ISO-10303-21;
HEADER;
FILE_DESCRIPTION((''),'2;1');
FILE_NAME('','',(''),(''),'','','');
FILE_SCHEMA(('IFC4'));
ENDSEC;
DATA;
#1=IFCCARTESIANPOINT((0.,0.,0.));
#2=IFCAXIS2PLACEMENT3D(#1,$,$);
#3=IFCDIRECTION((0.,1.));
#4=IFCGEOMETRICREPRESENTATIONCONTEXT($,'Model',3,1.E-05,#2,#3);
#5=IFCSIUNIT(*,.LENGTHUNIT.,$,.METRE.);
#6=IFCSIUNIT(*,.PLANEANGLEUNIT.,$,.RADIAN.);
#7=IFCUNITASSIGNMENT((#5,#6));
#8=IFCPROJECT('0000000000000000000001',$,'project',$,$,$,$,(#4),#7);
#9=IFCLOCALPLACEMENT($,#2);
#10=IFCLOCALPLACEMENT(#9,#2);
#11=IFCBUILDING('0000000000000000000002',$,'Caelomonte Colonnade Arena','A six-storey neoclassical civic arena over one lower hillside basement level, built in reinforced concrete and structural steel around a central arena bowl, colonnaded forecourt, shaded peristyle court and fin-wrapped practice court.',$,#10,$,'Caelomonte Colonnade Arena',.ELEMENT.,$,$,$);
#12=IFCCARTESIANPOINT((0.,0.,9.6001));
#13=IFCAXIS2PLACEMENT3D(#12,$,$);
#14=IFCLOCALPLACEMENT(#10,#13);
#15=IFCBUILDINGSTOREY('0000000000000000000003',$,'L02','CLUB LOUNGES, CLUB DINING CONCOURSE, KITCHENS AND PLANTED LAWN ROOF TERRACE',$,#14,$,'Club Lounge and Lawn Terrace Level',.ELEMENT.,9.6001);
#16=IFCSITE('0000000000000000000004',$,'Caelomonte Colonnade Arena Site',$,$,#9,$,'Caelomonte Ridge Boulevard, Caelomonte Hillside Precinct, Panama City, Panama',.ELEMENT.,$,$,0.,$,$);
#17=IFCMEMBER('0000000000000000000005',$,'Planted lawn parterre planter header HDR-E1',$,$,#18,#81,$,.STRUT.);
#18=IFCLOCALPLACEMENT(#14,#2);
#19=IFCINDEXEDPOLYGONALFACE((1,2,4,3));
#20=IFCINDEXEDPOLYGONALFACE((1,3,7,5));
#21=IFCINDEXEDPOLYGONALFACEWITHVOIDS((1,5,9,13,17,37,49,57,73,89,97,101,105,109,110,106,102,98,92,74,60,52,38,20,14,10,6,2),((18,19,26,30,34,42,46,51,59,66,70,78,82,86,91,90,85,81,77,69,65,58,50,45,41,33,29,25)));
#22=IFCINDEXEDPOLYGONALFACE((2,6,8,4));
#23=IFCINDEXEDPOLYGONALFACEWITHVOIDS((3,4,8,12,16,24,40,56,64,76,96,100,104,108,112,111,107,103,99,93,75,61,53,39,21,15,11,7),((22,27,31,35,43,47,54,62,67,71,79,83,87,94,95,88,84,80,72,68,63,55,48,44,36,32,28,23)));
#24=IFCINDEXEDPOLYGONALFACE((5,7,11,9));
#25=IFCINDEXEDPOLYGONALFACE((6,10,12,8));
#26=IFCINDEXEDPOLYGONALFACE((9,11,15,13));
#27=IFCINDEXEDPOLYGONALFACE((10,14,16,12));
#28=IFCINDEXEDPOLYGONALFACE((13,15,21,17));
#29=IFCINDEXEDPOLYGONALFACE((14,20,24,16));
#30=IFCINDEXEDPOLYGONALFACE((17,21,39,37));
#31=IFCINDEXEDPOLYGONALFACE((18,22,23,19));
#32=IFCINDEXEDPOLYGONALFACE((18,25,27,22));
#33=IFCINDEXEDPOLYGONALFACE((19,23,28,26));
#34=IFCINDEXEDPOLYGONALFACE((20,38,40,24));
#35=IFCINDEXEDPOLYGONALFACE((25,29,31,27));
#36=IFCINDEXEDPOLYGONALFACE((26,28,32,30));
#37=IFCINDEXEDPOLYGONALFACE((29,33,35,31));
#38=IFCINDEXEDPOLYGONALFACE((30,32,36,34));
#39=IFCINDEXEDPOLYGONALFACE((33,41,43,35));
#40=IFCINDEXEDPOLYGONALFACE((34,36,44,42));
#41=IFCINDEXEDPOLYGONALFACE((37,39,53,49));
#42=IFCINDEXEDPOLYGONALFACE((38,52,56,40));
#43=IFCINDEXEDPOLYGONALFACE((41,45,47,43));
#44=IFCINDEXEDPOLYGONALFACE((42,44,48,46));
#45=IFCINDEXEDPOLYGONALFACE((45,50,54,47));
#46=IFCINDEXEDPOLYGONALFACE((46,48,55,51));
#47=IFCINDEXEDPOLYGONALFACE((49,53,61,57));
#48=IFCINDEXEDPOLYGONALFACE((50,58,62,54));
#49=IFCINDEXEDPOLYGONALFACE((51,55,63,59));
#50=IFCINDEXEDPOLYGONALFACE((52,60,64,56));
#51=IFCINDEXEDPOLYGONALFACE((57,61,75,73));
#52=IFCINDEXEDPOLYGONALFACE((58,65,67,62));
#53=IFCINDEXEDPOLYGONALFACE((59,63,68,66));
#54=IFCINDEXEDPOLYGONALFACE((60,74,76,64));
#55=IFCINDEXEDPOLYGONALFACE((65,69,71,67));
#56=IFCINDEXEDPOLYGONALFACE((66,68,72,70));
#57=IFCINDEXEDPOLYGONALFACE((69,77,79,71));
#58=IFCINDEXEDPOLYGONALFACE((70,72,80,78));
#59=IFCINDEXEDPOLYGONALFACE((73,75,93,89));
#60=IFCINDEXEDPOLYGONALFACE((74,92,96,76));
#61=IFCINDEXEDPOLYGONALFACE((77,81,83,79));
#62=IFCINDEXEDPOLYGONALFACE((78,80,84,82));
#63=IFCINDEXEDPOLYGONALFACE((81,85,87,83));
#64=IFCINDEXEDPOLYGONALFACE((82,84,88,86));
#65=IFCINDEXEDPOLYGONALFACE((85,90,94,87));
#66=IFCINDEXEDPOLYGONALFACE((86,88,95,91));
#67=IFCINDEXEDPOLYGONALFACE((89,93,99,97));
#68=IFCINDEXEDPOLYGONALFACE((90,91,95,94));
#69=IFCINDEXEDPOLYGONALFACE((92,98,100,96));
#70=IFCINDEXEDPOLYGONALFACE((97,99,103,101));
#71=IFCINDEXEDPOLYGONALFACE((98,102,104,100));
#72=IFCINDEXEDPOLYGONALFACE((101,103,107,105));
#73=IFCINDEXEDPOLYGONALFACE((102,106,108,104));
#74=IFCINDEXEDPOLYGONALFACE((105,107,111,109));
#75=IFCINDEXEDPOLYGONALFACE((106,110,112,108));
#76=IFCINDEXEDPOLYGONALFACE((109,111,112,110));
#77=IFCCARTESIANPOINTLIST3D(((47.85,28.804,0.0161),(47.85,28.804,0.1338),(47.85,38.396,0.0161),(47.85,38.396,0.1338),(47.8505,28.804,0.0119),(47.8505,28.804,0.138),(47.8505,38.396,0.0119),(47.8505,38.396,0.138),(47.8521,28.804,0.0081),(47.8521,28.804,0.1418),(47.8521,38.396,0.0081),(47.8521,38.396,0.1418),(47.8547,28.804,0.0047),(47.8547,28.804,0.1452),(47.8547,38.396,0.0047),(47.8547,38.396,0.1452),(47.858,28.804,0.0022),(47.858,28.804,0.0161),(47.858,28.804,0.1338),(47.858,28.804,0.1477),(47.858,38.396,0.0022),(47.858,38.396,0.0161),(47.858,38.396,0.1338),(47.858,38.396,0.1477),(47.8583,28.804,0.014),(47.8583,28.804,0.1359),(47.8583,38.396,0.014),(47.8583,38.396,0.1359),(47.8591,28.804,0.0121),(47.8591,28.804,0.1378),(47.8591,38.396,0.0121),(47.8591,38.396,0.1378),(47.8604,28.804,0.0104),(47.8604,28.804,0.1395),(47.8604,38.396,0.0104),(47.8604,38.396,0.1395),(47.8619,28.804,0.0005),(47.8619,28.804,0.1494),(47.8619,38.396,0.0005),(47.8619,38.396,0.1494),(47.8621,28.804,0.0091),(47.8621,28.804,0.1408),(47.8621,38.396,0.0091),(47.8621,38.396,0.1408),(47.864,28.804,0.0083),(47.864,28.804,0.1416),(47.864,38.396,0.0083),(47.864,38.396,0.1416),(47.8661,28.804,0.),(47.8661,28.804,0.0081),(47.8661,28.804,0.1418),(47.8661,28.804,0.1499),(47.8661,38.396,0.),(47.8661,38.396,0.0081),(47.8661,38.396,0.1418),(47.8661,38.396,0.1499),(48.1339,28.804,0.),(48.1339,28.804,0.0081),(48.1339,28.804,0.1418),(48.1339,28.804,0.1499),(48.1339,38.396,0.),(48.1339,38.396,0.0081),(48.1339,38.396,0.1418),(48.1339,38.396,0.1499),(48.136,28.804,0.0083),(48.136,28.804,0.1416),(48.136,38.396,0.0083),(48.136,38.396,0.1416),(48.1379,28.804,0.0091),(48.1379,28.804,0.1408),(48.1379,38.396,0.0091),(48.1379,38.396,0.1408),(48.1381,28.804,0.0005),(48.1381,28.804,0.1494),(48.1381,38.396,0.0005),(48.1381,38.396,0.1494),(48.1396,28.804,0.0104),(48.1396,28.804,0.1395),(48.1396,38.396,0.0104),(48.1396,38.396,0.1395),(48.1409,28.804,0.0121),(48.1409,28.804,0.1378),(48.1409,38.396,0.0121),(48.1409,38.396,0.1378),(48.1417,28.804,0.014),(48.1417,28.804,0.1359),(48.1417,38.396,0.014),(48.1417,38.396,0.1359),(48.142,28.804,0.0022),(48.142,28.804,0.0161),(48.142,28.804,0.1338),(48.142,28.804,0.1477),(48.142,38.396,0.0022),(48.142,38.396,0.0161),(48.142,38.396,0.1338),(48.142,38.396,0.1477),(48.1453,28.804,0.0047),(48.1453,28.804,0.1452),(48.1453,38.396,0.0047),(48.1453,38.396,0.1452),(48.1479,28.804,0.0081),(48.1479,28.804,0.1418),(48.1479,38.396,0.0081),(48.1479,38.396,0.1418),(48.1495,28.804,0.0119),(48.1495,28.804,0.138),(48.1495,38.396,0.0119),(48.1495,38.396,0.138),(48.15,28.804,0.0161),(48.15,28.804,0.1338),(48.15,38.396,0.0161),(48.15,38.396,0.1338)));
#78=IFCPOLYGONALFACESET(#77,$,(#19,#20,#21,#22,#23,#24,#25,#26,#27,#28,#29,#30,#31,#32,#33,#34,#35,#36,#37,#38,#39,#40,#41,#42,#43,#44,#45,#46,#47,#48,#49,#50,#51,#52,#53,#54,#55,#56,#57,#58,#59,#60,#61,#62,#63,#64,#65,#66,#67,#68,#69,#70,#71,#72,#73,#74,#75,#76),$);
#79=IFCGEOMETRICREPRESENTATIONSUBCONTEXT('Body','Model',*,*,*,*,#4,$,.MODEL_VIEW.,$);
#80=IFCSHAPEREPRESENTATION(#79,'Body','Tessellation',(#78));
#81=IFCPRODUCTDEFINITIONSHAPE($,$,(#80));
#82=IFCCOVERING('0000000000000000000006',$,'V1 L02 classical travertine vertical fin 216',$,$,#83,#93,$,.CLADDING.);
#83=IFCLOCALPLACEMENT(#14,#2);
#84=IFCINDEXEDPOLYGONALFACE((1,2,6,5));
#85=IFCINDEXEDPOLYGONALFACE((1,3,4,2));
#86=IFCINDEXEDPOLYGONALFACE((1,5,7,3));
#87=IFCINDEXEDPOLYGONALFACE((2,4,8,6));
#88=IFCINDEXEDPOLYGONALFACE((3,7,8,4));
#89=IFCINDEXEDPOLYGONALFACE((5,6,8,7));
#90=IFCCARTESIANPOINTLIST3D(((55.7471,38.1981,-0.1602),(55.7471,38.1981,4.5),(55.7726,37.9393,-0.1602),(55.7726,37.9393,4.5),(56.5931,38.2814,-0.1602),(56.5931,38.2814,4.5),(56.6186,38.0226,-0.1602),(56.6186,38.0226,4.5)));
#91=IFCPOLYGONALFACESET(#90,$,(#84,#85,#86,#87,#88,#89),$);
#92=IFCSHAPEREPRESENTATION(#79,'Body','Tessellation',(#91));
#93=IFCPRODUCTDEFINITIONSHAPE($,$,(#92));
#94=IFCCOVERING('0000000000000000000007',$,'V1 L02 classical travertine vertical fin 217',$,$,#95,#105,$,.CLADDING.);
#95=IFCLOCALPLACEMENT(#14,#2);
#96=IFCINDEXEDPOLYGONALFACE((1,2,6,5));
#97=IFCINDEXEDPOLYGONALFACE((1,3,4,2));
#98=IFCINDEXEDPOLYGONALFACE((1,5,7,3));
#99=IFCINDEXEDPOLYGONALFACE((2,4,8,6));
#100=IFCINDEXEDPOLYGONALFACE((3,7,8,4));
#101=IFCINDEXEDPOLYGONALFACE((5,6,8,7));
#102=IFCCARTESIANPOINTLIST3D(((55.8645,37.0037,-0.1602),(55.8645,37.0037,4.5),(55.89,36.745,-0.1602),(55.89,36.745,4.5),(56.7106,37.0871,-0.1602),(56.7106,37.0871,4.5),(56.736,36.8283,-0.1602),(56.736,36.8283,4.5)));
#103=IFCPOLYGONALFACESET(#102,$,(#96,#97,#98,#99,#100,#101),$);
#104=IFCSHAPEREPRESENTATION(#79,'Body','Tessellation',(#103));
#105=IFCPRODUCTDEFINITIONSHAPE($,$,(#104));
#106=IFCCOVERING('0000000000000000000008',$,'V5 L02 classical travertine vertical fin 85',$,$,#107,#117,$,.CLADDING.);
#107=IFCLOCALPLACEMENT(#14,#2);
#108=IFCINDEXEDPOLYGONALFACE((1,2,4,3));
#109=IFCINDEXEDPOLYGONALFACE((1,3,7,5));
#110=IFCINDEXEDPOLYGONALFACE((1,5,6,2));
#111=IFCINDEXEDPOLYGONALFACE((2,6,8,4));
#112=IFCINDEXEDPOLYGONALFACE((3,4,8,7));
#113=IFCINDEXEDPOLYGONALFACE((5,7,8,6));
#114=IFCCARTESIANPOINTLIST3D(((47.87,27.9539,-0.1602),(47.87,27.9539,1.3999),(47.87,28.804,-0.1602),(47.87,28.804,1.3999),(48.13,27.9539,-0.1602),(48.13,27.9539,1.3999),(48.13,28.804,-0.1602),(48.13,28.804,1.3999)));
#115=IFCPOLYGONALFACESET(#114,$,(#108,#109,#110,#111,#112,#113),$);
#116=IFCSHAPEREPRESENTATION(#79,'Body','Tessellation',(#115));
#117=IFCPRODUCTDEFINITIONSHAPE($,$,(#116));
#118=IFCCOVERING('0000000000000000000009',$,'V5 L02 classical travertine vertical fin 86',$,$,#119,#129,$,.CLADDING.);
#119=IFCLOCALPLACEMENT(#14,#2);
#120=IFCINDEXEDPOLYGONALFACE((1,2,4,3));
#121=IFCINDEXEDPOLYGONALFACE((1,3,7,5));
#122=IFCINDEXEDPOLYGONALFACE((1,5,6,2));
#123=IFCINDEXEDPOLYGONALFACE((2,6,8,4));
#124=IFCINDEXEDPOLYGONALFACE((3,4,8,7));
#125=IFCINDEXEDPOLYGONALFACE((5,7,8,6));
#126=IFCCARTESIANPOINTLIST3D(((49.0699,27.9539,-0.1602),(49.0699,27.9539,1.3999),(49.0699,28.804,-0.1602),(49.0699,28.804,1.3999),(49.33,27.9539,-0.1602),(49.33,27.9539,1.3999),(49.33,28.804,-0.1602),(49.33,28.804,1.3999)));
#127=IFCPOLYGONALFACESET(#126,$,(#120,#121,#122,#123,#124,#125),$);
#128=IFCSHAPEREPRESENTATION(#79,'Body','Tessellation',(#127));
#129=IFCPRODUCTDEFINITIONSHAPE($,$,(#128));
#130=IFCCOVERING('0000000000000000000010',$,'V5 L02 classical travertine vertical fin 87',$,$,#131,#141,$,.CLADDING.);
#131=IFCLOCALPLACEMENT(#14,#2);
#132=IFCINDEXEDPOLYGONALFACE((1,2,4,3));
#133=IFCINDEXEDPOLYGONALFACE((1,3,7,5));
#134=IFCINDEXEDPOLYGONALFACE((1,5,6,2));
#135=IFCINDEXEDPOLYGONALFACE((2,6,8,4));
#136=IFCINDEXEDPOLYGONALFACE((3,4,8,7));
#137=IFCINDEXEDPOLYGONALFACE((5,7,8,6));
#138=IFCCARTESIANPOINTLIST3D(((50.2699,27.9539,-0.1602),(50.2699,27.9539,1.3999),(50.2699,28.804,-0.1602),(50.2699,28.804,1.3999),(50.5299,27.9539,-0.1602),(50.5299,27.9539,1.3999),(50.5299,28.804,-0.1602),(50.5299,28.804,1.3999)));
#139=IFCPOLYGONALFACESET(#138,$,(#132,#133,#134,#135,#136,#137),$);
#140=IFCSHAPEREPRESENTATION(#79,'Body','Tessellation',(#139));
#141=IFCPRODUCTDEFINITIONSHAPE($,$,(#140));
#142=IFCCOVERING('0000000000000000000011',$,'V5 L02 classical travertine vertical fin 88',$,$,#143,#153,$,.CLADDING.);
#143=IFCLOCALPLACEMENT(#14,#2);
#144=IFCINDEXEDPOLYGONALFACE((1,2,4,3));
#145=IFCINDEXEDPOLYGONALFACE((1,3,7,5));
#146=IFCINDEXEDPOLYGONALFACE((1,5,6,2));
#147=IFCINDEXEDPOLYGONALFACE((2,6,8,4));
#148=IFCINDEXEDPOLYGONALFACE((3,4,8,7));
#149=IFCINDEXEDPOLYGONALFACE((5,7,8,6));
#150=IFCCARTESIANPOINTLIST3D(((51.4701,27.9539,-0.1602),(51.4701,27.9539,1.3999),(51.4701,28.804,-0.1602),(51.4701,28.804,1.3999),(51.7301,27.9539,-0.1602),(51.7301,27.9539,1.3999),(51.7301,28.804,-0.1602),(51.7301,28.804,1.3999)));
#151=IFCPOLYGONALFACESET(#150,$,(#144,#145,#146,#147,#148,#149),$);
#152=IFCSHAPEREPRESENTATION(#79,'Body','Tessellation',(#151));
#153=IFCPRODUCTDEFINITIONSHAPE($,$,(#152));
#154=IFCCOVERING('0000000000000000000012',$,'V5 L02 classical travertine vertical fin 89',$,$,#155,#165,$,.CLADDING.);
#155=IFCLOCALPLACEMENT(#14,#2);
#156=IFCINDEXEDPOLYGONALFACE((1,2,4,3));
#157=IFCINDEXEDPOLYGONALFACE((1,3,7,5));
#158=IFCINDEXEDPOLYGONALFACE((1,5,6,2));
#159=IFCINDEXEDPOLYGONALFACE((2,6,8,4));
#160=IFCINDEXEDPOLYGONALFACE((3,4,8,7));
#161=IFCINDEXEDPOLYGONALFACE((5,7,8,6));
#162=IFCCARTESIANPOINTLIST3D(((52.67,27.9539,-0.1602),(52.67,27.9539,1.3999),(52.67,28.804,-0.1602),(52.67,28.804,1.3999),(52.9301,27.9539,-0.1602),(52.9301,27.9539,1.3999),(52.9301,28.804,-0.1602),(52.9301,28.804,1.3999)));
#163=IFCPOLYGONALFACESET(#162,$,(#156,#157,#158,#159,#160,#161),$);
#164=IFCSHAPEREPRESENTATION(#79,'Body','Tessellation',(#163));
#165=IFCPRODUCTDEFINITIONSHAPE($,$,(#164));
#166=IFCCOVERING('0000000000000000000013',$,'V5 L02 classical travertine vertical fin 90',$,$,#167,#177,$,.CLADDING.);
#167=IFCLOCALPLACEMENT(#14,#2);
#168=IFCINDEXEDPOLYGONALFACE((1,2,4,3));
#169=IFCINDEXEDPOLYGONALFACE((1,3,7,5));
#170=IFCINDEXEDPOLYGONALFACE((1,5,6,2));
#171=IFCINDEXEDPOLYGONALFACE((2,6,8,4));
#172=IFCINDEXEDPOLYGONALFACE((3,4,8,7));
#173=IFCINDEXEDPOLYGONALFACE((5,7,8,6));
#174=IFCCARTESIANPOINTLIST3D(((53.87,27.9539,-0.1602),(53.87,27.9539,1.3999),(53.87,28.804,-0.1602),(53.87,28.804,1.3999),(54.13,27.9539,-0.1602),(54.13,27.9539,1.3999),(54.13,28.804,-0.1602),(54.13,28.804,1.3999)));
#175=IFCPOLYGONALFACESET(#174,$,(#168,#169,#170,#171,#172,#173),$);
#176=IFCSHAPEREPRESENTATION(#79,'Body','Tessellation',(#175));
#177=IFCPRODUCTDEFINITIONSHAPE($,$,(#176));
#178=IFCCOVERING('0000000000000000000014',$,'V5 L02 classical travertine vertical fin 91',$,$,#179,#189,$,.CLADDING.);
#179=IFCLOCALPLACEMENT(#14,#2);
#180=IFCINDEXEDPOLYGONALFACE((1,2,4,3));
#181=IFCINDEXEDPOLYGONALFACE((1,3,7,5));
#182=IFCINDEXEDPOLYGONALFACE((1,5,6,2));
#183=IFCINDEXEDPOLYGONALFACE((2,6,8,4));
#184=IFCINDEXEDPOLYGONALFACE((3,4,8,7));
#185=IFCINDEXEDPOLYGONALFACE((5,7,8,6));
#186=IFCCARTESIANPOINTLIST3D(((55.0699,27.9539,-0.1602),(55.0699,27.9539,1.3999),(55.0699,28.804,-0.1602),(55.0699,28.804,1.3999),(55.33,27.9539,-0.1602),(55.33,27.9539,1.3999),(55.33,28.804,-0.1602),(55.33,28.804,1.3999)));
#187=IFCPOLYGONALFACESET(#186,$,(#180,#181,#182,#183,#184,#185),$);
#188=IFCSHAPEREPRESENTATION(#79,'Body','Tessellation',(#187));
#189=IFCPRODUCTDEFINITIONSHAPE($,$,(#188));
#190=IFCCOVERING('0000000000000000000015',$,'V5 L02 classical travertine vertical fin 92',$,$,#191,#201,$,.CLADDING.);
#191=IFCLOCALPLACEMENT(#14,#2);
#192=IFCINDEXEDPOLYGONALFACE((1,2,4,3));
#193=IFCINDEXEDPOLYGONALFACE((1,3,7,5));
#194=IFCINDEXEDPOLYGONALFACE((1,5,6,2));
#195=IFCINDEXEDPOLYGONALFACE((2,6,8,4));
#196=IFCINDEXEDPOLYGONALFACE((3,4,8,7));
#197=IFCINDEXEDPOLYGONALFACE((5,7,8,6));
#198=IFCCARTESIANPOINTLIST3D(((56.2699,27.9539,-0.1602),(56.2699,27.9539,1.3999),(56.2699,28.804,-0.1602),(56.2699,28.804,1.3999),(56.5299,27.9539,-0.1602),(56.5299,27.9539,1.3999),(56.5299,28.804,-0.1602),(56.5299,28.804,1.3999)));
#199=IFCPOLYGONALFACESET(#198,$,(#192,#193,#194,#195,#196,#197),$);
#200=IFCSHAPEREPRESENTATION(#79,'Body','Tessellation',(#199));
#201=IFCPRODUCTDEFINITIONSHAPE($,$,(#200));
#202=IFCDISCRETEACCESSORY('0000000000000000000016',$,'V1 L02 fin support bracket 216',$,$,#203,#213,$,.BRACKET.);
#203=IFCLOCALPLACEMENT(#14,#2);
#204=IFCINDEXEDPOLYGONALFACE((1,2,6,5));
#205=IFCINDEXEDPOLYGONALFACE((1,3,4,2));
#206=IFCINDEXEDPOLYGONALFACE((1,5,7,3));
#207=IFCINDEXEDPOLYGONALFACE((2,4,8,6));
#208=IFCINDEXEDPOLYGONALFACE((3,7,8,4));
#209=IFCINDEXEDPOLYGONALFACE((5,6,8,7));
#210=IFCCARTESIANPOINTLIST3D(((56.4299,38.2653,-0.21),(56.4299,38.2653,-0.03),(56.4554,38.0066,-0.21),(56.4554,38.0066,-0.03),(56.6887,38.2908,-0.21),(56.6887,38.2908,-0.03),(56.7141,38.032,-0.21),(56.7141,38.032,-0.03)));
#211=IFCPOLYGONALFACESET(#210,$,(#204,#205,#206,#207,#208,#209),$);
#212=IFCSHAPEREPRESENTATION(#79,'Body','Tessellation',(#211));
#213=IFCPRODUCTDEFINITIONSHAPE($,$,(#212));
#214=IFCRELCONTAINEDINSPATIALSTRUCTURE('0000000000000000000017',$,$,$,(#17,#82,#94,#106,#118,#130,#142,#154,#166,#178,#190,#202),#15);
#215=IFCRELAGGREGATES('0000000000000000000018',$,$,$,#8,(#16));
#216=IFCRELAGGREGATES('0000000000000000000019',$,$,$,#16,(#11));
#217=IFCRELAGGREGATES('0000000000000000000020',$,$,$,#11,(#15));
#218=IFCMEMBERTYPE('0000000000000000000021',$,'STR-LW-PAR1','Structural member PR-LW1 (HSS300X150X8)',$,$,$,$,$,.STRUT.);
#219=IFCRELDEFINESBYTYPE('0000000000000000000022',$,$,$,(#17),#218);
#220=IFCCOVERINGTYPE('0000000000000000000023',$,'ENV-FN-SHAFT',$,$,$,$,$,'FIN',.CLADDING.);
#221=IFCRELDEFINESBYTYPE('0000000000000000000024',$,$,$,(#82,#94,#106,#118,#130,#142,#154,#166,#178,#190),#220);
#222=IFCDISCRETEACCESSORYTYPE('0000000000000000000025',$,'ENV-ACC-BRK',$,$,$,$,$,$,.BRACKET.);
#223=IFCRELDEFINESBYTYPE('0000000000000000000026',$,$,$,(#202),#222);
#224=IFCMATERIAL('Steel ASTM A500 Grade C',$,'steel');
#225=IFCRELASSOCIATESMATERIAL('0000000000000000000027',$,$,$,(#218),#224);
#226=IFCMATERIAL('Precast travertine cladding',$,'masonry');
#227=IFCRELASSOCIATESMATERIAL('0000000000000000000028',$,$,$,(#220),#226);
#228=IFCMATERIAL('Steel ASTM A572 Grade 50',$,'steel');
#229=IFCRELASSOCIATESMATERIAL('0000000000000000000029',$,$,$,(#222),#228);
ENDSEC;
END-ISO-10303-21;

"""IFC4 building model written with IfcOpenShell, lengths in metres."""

from ifc_helpers import new_model, si_unit, direction, frame, origin, origin_2d, place, context, subcontext, project, spatial, rectangle, hollow_rectangle, extrude, material, material_profile, profile_set, type_object, element, save


model = new_model("IFC4")

# Units and contexts
model_context = context("Model", 3, precision=1e-05, world=origin(), true_north=direction((0.0, 1.0)))
body_context = subcontext(model_context, "Body", "Model", "MODEL_VIEW")
ifc_project = project(units=[si_unit("LENGTHUNIT", "METRE"), si_unit("PLANEANGLEUNIT", "RADIAN")], contexts=[model_context])

# Site, building, storey
site_placement = place(None, origin())
site = spatial("IfcSite", under=ifc_project, at=site_placement, Name="Caelomonte Colonnade Arena Site", LongName="Caelomonte Ridge Boulevard, Caelomonte Hillside Precinct, Panama City, Panama", CompositionType="ELEMENT", RefElevation=0.0)
building_placement = place(site_placement, origin())
building = spatial("IfcBuilding", under=site, at=building_placement, Name="Caelomonte Colonnade Arena", Description="A six-storey neoclassical civic arena over one lower hillside basement level, built in reinforced concrete and structural steel around a central arena bowl, colonnaded forecourt, shaded peristyle court and fin-wrapped practice court.", LongName="Caelomonte Colonnade Arena", CompositionType="ELEMENT")
storey_placement = place(building_placement, frame((0.0, 0.0, 9.6001)))
storey = spatial("IfcBuildingStorey", under=building, at=storey_placement, Name="L02", Description="CLUB LOUNGES, CLUB DINING CONCOURSE, KITCHENS AND PLANTED LAWN ROOF TERRACE", LongName="Club Lounge and Lawn Terrace Level", CompositionType="ELEMENT", Elevation=9.6001)

# Member
ifc_material_1 = material(Name="Steel ASTM A500 Grade C", Category="steel")
ifc_material_profile_1 = material_profile(ifc_material_1, hollow_rectangle(XDim=0.3, YDim=0.1499, WallThickness=0.0081, InnerFilletRadius=0.0081, OuterFilletRadius=0.0161, at=origin_2d()), Name="HSS300X150X8")
ifc_profile_set_1 = profile_set([ifc_material_profile_1], Name="Steel ASTM A500 Grade C")
member_type = type_object("IfcMemberType", Name="STR-LW-PAR1", Description="Structural member PR-LW1 (HSS300X150X8)", PredefinedType="STRUT", material=ifc_profile_set_1)
member_placement = place(storey_placement, frame((48.0, 28.804, 0.075), z_axis=(0.0, 1.0, 0.0), x_axis=(-1.0, 0.0, 0.0)))
element("IfcMember", 1, at=member_placement, inside=storey, type_object=member_type, Name="Planted lawn parterre planter header HDR-E1", PredefinedType="STRUT", context=body_context, shape_type="SweptSolid", body=[
    extrude(hollow_rectangle(XDim=0.3, YDim=0.1499, WallThickness=0.0081, InnerFilletRadius=0.0081, OuterFilletRadius=0.0161, at=origin_2d()), origin(), (0.0, 0.0, 1.0), 9.592),
])

# Coverings
ifc_material_2 = material(Name="Precast travertine cladding", Category="masonry")
ifc_material_profile_2 = material_profile(ifc_material_2, rectangle(XDim=0.26, YDim=0.8501, at=origin_2d()), Name="FIN260X850")
ifc_profile_set_2 = profile_set([ifc_material_profile_2], Name="Precast travertine cladding")
covering_type = type_object("IfcCoveringType", Name="ENV-FN-SHAFT", ElementType="FIN", PredefinedType="CLADDING", material=ifc_profile_set_2)
for number, where, z_axis, x_axis, name in (
    (2, (56.1829, 38.1104, -0.1602), (0.0, 0.0, 1.0), (-0.098015, 0.995185, 0.0), "V1 L02 classical travertine vertical fin 216"),
    (3, (56.3003, 36.916, -0.1602), (0.0, 0.0, 1.0), (-0.098015, 0.995185, 0.0), "V1 L02 classical travertine vertical fin 217"),
):
    element("IfcCovering", number, at=place(storey_placement, frame(where, z_axis=z_axis, x_axis=x_axis)), inside=storey, type_object=covering_type, Name=name, PredefinedType="CLADDING", context=body_context, shape_type="SweptSolid", body=[
        extrude(rectangle(XDim=0.26, YDim=0.8501, at=origin_2d()), origin(), (0.0, 0.0, 1.0), 4.6602),
    ])
for number, where, z_axis, x_axis, name in (
    (4, (48.0, 28.3789, -0.1602), (0.0, 0.0, 1.0), (-1.0, 0.0, 0.0), "V5 L02 classical travertine vertical fin 85"),
    (5, (49.2, 28.3789, -0.1602), (0.0, 0.0, 1.0), (-1.0, 0.0, 0.0), "V5 L02 classical travertine vertical fin 86"),
    (6, (50.3999, 28.3789, -0.1602), (0.0, 0.0, 1.0), (-1.0, 0.0, 0.0), "V5 L02 classical travertine vertical fin 87"),
    (7, (51.6001, 28.3789, -0.1602), (0.0, 0.0, 1.0), (-1.0, 0.0, 0.0), "V5 L02 classical travertine vertical fin 88"),
    (8, (52.8, 28.3789, -0.1602), (0.0, 0.0, 1.0), (-1.0, 0.0, 0.0), "V5 L02 classical travertine vertical fin 89"),
    (9, (54.0, 28.3789, -0.1602), (0.0, 0.0, 1.0), (-1.0, 0.0, 0.0), "V5 L02 classical travertine vertical fin 90"),
    (10, (55.2, 28.3789, -0.1602), (0.0, 0.0, 1.0), (-1.0, 0.0, 0.0), "V5 L02 classical travertine vertical fin 91"),
    (11, (56.3999, 28.3789, -0.1602), (0.0, 0.0, 1.0), (-1.0, 0.0, 0.0), "V5 L02 classical travertine vertical fin 92"),
):
    element("IfcCovering", number, at=place(storey_placement, frame(where, z_axis=z_axis, x_axis=x_axis)), inside=storey, type_object=covering_type, Name=name, PredefinedType="CLADDING", context=body_context, shape_type="SweptSolid", body=[
        extrude(rectangle(XDim=0.26, YDim=0.8501, at=origin_2d()), origin(), (0.0, 0.0, 1.0), 1.5601),
    ])

# Discrete accessory
ifc_material_3 = material(Name="Steel ASTM A572 Grade 50", Category="steel")
discrete_accessory_type = type_object("IfcDiscreteAccessoryType", Name="ENV-ACC-BRK", PredefinedType="BRACKET", material=ifc_material_3)
for number, where, z_axis, x_axis, name in (
    (12, (56.572, 38.1487, -0.21), (0.0, 0.0, 1.0), (0.098015, -0.995185, 0.0), "V1 L02 fin support bracket 216"),
):
    element("IfcDiscreteAccessory", number, at=place(storey_placement, frame(where, z_axis=z_axis, x_axis=x_axis)), inside=storey, type_object=discrete_accessory_type, Name=name, PredefinedType="BRACKET", context=body_context, shape_type="SweptSolid", body=[
        extrude(rectangle(XDim=0.26, YDim=0.26, at=origin_2d()), origin(), (0.0, 0.0, 1.0), 0.1799),
    ])

save(model, "model.ifc")
